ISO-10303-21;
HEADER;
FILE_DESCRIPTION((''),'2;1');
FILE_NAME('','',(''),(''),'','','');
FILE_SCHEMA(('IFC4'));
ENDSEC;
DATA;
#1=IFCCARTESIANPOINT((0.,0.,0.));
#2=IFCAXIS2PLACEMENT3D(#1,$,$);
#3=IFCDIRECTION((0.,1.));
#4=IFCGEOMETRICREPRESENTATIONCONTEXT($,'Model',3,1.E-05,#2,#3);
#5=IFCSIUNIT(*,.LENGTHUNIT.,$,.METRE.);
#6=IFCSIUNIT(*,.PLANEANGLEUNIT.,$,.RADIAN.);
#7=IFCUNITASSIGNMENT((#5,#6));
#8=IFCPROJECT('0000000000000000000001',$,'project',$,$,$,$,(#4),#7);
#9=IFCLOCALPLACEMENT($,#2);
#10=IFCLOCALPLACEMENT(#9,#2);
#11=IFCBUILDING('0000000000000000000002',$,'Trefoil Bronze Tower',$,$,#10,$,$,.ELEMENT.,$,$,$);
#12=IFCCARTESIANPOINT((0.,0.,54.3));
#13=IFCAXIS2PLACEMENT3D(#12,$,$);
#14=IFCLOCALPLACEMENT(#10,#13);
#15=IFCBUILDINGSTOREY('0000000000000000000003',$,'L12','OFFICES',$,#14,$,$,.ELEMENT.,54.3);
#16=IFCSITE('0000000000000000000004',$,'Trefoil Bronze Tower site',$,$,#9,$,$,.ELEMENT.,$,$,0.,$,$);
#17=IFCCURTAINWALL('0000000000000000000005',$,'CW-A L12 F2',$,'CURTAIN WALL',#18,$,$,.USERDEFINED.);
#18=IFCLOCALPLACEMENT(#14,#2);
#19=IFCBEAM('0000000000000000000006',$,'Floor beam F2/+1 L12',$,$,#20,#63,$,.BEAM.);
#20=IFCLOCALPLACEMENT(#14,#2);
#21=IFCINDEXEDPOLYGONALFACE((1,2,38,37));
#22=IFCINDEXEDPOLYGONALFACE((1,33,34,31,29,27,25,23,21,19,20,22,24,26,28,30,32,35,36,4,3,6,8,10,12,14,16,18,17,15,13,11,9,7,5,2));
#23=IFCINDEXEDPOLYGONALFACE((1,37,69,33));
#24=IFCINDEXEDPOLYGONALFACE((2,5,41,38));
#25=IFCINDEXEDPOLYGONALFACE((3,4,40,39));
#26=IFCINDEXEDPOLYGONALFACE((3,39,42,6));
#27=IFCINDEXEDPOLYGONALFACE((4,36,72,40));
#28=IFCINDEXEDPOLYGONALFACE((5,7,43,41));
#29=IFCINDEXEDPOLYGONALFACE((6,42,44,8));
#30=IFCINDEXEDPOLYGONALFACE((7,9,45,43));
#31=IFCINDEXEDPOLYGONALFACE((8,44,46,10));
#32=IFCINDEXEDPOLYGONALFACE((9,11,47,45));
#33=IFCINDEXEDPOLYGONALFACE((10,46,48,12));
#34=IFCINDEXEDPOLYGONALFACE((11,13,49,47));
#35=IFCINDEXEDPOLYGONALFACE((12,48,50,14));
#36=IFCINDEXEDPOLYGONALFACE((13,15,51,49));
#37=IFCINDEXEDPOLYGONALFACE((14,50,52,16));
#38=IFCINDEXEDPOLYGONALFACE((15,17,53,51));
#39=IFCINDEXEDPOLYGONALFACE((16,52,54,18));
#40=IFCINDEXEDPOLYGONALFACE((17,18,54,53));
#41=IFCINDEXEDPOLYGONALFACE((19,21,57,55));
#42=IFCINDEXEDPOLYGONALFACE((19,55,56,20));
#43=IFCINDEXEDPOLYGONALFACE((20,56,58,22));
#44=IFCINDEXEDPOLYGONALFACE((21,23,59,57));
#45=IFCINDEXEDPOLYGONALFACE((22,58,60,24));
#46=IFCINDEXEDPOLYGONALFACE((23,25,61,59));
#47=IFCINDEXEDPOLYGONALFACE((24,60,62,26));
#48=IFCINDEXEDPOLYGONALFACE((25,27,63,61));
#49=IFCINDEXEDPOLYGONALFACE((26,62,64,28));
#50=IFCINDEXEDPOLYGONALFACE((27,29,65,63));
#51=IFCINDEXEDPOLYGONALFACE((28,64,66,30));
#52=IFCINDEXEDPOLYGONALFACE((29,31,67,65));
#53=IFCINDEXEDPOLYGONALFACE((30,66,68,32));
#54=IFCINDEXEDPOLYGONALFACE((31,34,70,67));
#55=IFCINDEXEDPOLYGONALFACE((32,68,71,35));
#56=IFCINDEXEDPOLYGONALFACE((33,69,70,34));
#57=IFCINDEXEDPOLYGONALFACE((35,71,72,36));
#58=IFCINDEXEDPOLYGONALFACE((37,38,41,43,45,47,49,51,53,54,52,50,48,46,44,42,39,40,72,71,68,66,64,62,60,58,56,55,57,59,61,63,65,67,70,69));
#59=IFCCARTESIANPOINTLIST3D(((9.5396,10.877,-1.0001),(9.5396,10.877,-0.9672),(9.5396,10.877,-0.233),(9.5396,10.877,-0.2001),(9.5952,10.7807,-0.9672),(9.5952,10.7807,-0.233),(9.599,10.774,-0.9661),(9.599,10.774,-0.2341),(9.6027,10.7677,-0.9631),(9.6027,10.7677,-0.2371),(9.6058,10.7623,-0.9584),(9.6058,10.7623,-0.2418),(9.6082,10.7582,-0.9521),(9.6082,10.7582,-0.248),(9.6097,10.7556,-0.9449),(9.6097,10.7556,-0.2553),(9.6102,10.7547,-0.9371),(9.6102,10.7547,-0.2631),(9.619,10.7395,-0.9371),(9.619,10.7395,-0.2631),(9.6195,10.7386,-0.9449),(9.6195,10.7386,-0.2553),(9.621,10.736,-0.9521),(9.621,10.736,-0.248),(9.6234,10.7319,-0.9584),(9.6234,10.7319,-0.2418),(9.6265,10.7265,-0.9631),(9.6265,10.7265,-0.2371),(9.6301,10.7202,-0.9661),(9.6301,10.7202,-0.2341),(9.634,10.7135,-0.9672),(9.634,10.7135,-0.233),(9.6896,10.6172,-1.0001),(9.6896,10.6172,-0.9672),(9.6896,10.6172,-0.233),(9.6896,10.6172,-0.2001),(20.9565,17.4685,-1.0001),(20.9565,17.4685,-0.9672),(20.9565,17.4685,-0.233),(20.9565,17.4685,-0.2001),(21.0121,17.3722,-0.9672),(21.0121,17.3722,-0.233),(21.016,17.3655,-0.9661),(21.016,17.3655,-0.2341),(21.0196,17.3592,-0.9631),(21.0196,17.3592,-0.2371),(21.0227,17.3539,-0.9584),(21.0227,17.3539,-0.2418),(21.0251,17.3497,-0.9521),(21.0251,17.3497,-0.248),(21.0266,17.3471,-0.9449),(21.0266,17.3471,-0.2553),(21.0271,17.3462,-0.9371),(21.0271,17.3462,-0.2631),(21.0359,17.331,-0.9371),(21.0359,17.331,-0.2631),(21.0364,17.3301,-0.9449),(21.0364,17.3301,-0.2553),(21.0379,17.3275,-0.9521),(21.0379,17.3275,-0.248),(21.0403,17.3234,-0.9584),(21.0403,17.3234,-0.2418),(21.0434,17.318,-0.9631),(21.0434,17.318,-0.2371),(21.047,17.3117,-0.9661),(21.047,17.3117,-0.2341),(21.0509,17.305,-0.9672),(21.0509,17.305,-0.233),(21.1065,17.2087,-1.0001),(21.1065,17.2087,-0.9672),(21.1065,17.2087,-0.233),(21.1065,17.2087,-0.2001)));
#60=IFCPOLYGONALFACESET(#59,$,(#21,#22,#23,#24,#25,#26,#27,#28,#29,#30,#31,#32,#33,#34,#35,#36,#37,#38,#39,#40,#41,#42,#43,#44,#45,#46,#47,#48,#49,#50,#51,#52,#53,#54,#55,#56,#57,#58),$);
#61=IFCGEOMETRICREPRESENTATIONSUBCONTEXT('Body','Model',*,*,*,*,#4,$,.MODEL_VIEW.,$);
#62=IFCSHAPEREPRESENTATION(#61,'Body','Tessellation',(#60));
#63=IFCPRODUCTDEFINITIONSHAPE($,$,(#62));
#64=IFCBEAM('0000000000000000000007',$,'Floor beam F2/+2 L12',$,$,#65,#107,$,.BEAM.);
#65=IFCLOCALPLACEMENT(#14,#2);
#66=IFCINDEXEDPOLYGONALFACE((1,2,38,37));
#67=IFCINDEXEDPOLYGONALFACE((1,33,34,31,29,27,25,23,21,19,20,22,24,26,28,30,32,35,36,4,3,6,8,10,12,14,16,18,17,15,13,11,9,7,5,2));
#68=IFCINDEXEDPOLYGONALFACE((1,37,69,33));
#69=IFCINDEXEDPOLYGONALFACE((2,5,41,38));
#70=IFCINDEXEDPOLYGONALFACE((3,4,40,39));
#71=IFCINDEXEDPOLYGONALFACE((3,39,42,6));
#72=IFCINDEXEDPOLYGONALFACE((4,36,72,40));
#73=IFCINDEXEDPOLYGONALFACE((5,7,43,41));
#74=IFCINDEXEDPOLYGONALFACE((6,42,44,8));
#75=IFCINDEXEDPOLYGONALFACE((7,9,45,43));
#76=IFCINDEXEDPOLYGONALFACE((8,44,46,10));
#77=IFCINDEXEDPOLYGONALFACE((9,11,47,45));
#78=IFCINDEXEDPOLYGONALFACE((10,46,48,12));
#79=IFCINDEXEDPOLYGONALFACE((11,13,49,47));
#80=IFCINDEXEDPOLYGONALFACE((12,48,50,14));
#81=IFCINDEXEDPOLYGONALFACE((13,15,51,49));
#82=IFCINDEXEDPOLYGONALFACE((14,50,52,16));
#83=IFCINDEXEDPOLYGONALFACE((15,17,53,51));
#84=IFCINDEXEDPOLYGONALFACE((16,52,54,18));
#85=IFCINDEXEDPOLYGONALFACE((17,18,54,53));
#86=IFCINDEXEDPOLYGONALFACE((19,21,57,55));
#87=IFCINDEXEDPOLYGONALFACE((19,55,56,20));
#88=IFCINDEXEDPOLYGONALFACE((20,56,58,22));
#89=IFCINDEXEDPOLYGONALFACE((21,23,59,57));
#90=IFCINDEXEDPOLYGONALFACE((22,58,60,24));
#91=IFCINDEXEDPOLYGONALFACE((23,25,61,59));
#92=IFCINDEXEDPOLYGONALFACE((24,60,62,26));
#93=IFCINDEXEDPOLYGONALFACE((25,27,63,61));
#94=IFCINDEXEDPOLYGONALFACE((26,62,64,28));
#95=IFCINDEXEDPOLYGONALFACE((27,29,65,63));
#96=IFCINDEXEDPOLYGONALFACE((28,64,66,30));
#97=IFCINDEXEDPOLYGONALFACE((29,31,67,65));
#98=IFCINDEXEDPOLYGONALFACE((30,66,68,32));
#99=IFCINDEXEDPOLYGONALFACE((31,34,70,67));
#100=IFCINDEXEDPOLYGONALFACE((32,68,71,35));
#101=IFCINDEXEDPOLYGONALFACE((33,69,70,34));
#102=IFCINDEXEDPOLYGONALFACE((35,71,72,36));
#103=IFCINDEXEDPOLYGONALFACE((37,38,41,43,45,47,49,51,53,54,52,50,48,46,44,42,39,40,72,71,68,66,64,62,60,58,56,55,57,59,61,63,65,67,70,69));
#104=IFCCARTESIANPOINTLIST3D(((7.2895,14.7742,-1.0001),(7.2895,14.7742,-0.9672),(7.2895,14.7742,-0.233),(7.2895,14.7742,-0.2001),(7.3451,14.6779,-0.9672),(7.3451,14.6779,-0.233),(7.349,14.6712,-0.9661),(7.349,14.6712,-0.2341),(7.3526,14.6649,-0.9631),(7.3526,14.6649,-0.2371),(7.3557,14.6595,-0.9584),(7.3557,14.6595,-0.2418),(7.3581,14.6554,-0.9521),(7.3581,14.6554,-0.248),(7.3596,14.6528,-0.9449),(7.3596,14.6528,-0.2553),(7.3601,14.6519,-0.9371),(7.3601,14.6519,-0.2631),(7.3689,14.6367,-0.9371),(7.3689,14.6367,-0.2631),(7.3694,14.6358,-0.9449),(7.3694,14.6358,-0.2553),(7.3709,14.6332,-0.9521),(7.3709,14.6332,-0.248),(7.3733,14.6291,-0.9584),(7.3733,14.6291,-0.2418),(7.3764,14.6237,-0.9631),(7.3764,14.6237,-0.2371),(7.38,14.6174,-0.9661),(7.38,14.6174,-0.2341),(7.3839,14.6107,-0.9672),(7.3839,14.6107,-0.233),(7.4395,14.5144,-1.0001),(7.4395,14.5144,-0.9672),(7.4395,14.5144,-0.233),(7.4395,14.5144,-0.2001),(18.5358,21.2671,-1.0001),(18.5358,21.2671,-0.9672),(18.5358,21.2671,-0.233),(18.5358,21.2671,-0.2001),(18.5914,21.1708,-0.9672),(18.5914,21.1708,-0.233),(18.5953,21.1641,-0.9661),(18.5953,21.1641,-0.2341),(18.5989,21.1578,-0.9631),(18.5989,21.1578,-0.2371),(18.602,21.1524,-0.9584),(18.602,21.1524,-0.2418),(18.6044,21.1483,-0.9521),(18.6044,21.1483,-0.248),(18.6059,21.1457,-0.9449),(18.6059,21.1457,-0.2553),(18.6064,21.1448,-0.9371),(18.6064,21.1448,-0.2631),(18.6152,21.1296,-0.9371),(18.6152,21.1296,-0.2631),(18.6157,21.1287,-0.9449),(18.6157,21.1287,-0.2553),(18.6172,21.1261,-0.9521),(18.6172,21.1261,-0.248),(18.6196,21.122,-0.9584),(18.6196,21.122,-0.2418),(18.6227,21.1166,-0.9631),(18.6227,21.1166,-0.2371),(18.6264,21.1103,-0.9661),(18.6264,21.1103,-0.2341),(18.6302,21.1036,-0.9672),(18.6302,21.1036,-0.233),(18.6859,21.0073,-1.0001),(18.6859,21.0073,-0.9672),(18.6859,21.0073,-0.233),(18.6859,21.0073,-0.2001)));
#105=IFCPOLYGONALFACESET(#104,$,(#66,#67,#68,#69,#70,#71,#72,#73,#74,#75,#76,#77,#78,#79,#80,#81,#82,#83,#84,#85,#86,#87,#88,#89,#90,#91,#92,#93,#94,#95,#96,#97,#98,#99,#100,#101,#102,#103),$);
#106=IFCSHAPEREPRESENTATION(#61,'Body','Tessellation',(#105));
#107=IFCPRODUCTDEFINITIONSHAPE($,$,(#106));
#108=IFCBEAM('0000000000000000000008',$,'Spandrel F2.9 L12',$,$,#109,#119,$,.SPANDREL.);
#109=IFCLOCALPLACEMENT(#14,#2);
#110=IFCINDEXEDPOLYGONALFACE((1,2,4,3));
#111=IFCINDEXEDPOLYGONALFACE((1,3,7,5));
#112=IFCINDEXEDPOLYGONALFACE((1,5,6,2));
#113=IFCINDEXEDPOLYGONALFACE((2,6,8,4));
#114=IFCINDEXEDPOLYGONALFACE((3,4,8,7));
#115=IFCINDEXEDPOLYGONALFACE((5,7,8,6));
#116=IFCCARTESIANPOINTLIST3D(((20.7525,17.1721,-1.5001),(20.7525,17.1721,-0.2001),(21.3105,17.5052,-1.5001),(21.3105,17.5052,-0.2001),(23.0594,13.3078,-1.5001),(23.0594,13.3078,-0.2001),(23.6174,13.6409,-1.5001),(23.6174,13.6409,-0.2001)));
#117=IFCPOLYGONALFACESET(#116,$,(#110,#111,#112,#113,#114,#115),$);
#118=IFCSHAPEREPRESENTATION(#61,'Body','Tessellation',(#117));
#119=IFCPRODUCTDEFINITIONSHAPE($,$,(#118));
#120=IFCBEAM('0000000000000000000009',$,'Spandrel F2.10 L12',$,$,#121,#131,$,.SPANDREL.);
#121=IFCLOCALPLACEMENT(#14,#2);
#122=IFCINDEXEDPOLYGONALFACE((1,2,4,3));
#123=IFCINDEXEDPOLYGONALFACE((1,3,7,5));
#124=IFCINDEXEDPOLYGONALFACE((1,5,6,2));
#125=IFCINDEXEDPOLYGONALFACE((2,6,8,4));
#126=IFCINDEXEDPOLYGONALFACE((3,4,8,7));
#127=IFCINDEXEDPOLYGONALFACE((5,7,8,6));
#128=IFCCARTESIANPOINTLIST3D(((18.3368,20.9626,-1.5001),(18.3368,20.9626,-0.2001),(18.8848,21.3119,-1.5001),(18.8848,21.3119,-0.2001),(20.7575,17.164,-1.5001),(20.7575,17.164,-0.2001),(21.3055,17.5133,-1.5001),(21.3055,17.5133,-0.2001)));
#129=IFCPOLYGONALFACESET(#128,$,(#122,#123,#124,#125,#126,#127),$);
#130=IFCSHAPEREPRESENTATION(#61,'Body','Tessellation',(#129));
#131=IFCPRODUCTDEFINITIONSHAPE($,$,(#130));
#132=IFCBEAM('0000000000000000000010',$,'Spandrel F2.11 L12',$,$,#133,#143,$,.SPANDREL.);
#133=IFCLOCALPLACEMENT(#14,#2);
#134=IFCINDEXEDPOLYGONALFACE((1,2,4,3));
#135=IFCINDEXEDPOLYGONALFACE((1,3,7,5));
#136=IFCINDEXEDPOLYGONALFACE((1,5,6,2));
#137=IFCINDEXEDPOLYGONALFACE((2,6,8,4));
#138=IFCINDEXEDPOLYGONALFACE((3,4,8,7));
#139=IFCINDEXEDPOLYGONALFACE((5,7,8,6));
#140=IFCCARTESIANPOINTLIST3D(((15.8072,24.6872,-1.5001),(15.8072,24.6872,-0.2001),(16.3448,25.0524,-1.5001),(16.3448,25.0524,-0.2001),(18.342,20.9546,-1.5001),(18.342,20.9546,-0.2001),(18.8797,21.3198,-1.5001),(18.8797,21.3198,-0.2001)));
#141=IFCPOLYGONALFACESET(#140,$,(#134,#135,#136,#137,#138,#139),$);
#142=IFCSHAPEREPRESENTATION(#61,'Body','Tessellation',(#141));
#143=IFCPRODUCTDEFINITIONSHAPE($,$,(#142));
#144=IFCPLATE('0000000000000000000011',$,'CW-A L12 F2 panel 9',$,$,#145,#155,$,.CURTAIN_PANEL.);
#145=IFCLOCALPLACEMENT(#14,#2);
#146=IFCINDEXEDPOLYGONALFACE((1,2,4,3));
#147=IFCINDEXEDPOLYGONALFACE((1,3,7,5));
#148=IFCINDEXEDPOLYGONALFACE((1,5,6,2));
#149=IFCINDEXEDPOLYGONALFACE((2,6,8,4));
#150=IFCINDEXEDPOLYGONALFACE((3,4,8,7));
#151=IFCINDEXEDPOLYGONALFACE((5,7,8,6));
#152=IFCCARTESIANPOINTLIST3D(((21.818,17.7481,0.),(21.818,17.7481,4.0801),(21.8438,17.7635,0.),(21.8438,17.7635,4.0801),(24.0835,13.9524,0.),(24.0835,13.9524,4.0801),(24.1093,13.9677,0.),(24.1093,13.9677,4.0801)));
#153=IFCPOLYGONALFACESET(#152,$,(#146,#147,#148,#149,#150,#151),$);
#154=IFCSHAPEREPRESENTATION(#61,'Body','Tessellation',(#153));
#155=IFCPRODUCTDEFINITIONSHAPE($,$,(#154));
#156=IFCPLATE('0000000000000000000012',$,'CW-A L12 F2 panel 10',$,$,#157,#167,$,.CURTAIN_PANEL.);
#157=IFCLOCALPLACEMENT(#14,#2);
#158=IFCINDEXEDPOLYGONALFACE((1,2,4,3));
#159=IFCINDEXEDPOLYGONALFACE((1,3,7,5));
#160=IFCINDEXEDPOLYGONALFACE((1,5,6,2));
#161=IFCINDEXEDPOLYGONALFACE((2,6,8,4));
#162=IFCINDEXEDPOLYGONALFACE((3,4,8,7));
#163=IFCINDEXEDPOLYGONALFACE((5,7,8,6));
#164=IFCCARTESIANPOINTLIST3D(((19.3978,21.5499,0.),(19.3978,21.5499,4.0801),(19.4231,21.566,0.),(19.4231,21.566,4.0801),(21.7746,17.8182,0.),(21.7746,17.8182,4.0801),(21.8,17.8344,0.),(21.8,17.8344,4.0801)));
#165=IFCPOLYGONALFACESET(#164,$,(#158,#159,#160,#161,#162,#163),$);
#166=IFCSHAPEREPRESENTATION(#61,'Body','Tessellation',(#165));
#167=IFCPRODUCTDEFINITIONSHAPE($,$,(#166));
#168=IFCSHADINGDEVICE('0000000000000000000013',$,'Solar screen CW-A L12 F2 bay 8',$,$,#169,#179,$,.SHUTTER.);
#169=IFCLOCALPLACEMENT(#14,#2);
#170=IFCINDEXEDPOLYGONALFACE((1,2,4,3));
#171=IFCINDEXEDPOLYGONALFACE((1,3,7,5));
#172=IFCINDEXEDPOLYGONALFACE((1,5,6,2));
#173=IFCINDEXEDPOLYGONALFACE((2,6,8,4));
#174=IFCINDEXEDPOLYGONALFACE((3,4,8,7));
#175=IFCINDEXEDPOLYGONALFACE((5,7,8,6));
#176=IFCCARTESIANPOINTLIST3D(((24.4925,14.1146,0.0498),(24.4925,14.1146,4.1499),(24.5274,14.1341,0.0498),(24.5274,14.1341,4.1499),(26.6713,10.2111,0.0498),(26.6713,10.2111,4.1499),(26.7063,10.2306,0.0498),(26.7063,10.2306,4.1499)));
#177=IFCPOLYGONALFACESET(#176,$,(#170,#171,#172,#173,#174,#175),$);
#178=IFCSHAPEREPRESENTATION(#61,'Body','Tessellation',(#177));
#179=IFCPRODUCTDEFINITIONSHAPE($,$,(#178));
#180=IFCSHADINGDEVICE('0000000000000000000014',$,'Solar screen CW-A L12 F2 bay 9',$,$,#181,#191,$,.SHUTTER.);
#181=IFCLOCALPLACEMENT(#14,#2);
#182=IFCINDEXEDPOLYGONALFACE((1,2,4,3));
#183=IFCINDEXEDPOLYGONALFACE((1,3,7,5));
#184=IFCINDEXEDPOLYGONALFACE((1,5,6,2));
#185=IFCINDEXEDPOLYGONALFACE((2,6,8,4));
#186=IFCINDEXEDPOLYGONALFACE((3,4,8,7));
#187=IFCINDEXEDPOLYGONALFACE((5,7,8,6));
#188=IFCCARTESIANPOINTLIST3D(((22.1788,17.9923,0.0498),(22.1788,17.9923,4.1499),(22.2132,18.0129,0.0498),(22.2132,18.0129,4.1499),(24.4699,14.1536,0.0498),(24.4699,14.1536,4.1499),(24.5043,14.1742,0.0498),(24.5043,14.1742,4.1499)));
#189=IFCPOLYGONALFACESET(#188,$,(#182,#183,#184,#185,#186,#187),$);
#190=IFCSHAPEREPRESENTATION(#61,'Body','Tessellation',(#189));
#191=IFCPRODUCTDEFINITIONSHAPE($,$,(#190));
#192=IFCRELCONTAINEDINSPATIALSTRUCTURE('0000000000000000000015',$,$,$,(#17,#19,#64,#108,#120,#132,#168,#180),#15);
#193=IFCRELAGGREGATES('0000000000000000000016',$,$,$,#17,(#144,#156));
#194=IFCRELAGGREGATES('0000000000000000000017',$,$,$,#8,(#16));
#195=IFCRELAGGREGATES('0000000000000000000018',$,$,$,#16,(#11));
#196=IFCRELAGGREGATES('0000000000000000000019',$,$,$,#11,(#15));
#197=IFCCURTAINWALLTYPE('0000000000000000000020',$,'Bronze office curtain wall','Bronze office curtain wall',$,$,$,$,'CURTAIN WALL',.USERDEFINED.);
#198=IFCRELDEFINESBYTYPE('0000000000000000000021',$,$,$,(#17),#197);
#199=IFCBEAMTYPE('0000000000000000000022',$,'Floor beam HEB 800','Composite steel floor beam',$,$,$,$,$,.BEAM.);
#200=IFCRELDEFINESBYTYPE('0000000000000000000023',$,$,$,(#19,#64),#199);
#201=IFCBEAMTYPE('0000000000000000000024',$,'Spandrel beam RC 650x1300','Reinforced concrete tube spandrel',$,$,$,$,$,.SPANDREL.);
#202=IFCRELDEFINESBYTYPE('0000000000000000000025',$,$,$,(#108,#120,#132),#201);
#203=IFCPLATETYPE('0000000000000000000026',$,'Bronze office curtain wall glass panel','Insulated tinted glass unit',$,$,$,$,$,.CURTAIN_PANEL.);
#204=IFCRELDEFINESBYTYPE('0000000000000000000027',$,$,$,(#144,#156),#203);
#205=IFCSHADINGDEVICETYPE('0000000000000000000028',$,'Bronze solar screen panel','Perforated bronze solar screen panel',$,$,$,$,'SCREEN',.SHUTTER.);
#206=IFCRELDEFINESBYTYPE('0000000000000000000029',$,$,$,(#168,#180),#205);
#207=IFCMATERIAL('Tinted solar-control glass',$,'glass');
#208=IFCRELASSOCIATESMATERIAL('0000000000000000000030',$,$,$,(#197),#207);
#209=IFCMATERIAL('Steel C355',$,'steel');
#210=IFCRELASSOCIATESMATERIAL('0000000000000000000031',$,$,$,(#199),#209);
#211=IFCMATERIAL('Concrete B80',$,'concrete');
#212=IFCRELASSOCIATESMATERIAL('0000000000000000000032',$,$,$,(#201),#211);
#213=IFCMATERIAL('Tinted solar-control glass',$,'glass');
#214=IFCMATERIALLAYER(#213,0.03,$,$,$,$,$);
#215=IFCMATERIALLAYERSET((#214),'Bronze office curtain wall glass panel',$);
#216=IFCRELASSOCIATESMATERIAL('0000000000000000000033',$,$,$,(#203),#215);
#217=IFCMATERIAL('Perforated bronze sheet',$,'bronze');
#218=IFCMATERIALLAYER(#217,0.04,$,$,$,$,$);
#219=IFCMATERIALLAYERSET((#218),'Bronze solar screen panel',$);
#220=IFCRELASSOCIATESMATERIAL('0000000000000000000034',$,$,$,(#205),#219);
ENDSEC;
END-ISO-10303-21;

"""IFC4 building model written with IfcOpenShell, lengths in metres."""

from ifc_helpers import new_model, si_unit, direction, frame, origin, origin_2d, place, context, subcontext, project, spatial, rectangle, i_section, extrude, material, layer, layer_set, material_profile, profile_set, type_object, element, aggregate, save


model = new_model("IFC4")

# Units and contexts
model_context = context("Model", 3, precision=1e-05, world=origin(), true_north=direction((0.0, 1.0)))
body_context = subcontext(model_context, "Body", "Model", "MODEL_VIEW")
ifc_project = project(units=[si_unit("LENGTHUNIT", "METRE"), si_unit("PLANEANGLEUNIT", "RADIAN")], contexts=[model_context])

# Site, building, storey
site_placement = place(None, origin())
site = spatial("IfcSite", under=ifc_project, at=site_placement, Name="Trefoil Bronze Tower site", CompositionType="ELEMENT", RefElevation=0.0)
building_placement = place(site_placement, origin())
building = spatial("IfcBuilding", under=site, at=building_placement, Name="Trefoil Bronze Tower", CompositionType="ELEMENT")
storey_placement = place(building_placement, frame((0.0, 0.0, 54.3)))
storey = spatial("IfcBuildingStorey", under=building, at=storey_placement, Name="L12", Description="OFFICES", CompositionType="ELEMENT", Elevation=54.3)

# Curtain wall
ifc_material_1 = material(Name="Tinted solar-control glass", Category="glass")
curtain_wall_type = type_object("IfcCurtainWallType", Name="Bronze office curtain wall", Description="Bronze office curtain wall", ElementType="CURTAIN WALL", PredefinedType="USERDEFINED", material=ifc_material_1)
curtain_wall_placement = place(storey_placement, origin())
curtain_wall = element("IfcCurtainWall", 1, at=curtain_wall_placement, inside=storey, type_object=curtain_wall_type, Name="CW-A L12 F2", ObjectType="CURTAIN WALL", PredefinedType="USERDEFINED")

# Beams
ifc_material_2 = material(Name="Steel C355", Category="steel")
ifc_material_profile_1 = material_profile(ifc_material_2, i_section(OverallWidth=0.3, OverallDepth=0.8, WebThickness=0.0176, FlangeThickness=0.033, FilletRadius=0.03, at=origin_2d()), Name="HEB 800")
ifc_profile_set_1 = profile_set([ifc_material_profile_1], Name="Steel C355")
beam_type_1 = type_object("IfcBeamType", Name="Floor beam HEB 800", Description="Composite steel floor beam", PredefinedType="BEAM", material=ifc_profile_set_1)
beam_1_placement = place(storey_placement, frame((21.0315, 17.3386, -0.6001), z_axis=(-0.866027, -0.499997, 0.0), x_axis=(0.499997, -0.866027, 0.0)))
element("IfcBeam", 2, at=beam_1_placement, inside=storey, type_object=beam_type_1, Name="Floor beam F2/+1 L12", PredefinedType="BEAM", context=body_context, shape_type="SweptSolid", body=[
    extrude(i_section(OverallWidth=0.3, OverallDepth=0.8, WebThickness=0.0176, FlangeThickness=0.033, FilletRadius=0.03, at=origin_2d()), origin(), (0.0, 0.0, 1.0), 13.1831),
])
beam_2_placement = place(storey_placement, frame((18.6108, 21.1372, -0.6001), z_axis=(-0.866031, -0.499991, 0.0), x_axis=(0.499991, -0.866031, 0.0)))
element("IfcBeam", 3, at=beam_2_placement, inside=storey, type_object=beam_type_1, Name="Floor beam F2/+2 L12", PredefinedType="BEAM", context=body_context, shape_type="SweptSolid", body=[
    extrude(i_section(OverallWidth=0.3, OverallDepth=0.8, WebThickness=0.0176, FlangeThickness=0.033, FilletRadius=0.03, at=origin_2d()), origin(), (0.0, 0.0, 1.0), 12.9861),
])
ifc_material_3 = material(Name="Concrete B80", Category="concrete")
ifc_material_profile_2 = material_profile(ifc_material_3, rectangle(XDim=0.6499, YDim=1.3, at=origin_2d()), Name="RC 650x1300")
ifc_profile_set_2 = profile_set([ifc_material_profile_2], Name="Concrete B80")
beam_type_2 = type_object("IfcBeamType", Name="Spandrel beam RC 650x1300", Description="Reinforced concrete tube spandrel", PredefinedType="SPANDREL", material=ifc_profile_set_2)
beam_3_placement = place(storey_placement, frame((23.3384, 13.4744, -0.8501), z_axis=(-0.512588, 0.858635, 0.0), x_axis=(-0.858635, -0.512588, 0.0)))
element("IfcBeam", 4, at=beam_3_placement, inside=storey, type_object=beam_type_2, Name="Spandrel F2.9 L12", PredefinedType="SPANDREL", context=body_context, shape_type="SweptSolid", body=[
    extrude(rectangle(XDim=0.6499, YDim=1.3, at=origin_2d()), origin(), (0.0, 0.0, 1.0), 4.5005),
])
beam_4_placement = place(storey_placement, frame((21.0315, 17.3386, -0.8501), z_axis=(-0.537408, 0.843322, 0.0), x_axis=(-0.843322, -0.537408, 0.0)))
element("IfcBeam", 5, at=beam_4_placement, inside=storey, type_object=beam_type_2, Name="Spandrel F2.10 L12", PredefinedType="SPANDREL", context=body_context, shape_type="SweptSolid", body=[
    extrude(rectangle(XDim=0.6499, YDim=1.3, at=origin_2d()), origin(), (0.0, 0.0, 1.0), 4.5044),
])
beam_5_placement = place(storey_placement, frame((18.6108, 21.1372, -0.8501), z_axis=(-0.56181, 0.827267, 0.0), x_axis=(-0.827267, -0.56181, 0.0)))
element("IfcBeam", 6, at=beam_5_placement, inside=storey, type_object=beam_type_2, Name="Spandrel F2.11 L12", PredefinedType="SPANDREL", context=body_context, shape_type="SweptSolid", body=[
    extrude(rectangle(XDim=0.6499, YDim=1.3, at=origin_2d()), origin(), (0.0, 0.0, 1.0), 4.512),
])

# Plates
ifc_material_4 = material(Name="Tinted solar-control glass", Category="glass")
ifc_layer_1 = layer(ifc_material_4, 0.03)
ifc_layer_set_1 = layer_set([ifc_layer_1], Name="Bronze office curtain wall glass panel")
plate_type = type_object("IfcPlateType", Name="Bronze office curtain wall glass panel", Description="Insulated tinted glass unit", PredefinedType="CURTAIN_PANEL", material=ifc_layer_set_1)
plate_1_placement = place(storey_placement, frame((22.9636, 15.8579, 0.0), z_axis=(0.0, 0.0, 1.0), x_axis=(-0.512513, 0.85868, 0.0)))
plate_1 = element("IfcPlate", 7, at=plate_1_placement, type_object=plate_type, Name="CW-A L12 F2 panel 9", PredefinedType="CURTAIN_PANEL", context=body_context, shape_type="SweptSolid", body=[
    extrude(rectangle(XDim=4.4204, YDim=0.03, at=origin_2d()), origin(), (0.0, 0.0, 1.0), 4.0801),
])
plate_2_placement = place(storey_placement, frame((20.5989, 19.6921, 0.0), z_axis=(0.0, 0.0, 1.0), x_axis=(-0.537222, 0.843441, 0.0)))
plate_2 = element("IfcPlate", 8, at=plate_2_placement, type_object=plate_type, Name="CW-A L12 F2 panel 10", PredefinedType="CURTAIN_PANEL", context=body_context, shape_type="SweptSolid", body=[
    extrude(rectangle(XDim=4.4243, YDim=0.03, at=origin_2d()), origin(), (0.0, 0.0, 1.0), 4.0801),
])
aggregate(curtain_wall, [plate_1, plate_2])

# Shading devices
ifc_material_5 = material(Name="Perforated bronze sheet", Category="bronze")
ifc_layer_2 = layer(ifc_material_5, 0.04)
ifc_layer_set_2 = layer_set([ifc_layer_2], Name="Bronze solar screen panel")
shading_device_type = type_object("IfcShadingDeviceType", Name="Bronze solar screen panel", Description="Perforated bronze solar screen panel", ElementType="SCREEN", PredefinedType="SHUTTER", material=ifc_layer_set_2)
for number, where, z_axis, x_axis, name in (
    (9, (25.5994, 12.1726, 0.0498), (0.0, 0.0, 1.0), (-0.487382, 0.873189, 0.0), "Solar screen CW-A L12 F2 bay 8"),
    (10, (23.3416, 16.0833, 0.0498), (0.0, 0.0, 1.0), (-0.512513, 0.85868, 0.0), "Solar screen CW-A L12 F2 bay 9"),
):
    element("IfcShadingDevice", number, at=place(storey_placement, frame(where, z_axis=z_axis, x_axis=x_axis)), inside=storey, type_object=shading_device_type, Name=name, PredefinedType="SHUTTER", context=body_context, shape_type="SweptSolid", body=[
        extrude(rectangle(XDim=4.4705, YDim=0.04, at=origin_2d()), origin(), (0.0, 0.0, 1.0), 4.1001),
    ])

save(model, "model.ifc")
